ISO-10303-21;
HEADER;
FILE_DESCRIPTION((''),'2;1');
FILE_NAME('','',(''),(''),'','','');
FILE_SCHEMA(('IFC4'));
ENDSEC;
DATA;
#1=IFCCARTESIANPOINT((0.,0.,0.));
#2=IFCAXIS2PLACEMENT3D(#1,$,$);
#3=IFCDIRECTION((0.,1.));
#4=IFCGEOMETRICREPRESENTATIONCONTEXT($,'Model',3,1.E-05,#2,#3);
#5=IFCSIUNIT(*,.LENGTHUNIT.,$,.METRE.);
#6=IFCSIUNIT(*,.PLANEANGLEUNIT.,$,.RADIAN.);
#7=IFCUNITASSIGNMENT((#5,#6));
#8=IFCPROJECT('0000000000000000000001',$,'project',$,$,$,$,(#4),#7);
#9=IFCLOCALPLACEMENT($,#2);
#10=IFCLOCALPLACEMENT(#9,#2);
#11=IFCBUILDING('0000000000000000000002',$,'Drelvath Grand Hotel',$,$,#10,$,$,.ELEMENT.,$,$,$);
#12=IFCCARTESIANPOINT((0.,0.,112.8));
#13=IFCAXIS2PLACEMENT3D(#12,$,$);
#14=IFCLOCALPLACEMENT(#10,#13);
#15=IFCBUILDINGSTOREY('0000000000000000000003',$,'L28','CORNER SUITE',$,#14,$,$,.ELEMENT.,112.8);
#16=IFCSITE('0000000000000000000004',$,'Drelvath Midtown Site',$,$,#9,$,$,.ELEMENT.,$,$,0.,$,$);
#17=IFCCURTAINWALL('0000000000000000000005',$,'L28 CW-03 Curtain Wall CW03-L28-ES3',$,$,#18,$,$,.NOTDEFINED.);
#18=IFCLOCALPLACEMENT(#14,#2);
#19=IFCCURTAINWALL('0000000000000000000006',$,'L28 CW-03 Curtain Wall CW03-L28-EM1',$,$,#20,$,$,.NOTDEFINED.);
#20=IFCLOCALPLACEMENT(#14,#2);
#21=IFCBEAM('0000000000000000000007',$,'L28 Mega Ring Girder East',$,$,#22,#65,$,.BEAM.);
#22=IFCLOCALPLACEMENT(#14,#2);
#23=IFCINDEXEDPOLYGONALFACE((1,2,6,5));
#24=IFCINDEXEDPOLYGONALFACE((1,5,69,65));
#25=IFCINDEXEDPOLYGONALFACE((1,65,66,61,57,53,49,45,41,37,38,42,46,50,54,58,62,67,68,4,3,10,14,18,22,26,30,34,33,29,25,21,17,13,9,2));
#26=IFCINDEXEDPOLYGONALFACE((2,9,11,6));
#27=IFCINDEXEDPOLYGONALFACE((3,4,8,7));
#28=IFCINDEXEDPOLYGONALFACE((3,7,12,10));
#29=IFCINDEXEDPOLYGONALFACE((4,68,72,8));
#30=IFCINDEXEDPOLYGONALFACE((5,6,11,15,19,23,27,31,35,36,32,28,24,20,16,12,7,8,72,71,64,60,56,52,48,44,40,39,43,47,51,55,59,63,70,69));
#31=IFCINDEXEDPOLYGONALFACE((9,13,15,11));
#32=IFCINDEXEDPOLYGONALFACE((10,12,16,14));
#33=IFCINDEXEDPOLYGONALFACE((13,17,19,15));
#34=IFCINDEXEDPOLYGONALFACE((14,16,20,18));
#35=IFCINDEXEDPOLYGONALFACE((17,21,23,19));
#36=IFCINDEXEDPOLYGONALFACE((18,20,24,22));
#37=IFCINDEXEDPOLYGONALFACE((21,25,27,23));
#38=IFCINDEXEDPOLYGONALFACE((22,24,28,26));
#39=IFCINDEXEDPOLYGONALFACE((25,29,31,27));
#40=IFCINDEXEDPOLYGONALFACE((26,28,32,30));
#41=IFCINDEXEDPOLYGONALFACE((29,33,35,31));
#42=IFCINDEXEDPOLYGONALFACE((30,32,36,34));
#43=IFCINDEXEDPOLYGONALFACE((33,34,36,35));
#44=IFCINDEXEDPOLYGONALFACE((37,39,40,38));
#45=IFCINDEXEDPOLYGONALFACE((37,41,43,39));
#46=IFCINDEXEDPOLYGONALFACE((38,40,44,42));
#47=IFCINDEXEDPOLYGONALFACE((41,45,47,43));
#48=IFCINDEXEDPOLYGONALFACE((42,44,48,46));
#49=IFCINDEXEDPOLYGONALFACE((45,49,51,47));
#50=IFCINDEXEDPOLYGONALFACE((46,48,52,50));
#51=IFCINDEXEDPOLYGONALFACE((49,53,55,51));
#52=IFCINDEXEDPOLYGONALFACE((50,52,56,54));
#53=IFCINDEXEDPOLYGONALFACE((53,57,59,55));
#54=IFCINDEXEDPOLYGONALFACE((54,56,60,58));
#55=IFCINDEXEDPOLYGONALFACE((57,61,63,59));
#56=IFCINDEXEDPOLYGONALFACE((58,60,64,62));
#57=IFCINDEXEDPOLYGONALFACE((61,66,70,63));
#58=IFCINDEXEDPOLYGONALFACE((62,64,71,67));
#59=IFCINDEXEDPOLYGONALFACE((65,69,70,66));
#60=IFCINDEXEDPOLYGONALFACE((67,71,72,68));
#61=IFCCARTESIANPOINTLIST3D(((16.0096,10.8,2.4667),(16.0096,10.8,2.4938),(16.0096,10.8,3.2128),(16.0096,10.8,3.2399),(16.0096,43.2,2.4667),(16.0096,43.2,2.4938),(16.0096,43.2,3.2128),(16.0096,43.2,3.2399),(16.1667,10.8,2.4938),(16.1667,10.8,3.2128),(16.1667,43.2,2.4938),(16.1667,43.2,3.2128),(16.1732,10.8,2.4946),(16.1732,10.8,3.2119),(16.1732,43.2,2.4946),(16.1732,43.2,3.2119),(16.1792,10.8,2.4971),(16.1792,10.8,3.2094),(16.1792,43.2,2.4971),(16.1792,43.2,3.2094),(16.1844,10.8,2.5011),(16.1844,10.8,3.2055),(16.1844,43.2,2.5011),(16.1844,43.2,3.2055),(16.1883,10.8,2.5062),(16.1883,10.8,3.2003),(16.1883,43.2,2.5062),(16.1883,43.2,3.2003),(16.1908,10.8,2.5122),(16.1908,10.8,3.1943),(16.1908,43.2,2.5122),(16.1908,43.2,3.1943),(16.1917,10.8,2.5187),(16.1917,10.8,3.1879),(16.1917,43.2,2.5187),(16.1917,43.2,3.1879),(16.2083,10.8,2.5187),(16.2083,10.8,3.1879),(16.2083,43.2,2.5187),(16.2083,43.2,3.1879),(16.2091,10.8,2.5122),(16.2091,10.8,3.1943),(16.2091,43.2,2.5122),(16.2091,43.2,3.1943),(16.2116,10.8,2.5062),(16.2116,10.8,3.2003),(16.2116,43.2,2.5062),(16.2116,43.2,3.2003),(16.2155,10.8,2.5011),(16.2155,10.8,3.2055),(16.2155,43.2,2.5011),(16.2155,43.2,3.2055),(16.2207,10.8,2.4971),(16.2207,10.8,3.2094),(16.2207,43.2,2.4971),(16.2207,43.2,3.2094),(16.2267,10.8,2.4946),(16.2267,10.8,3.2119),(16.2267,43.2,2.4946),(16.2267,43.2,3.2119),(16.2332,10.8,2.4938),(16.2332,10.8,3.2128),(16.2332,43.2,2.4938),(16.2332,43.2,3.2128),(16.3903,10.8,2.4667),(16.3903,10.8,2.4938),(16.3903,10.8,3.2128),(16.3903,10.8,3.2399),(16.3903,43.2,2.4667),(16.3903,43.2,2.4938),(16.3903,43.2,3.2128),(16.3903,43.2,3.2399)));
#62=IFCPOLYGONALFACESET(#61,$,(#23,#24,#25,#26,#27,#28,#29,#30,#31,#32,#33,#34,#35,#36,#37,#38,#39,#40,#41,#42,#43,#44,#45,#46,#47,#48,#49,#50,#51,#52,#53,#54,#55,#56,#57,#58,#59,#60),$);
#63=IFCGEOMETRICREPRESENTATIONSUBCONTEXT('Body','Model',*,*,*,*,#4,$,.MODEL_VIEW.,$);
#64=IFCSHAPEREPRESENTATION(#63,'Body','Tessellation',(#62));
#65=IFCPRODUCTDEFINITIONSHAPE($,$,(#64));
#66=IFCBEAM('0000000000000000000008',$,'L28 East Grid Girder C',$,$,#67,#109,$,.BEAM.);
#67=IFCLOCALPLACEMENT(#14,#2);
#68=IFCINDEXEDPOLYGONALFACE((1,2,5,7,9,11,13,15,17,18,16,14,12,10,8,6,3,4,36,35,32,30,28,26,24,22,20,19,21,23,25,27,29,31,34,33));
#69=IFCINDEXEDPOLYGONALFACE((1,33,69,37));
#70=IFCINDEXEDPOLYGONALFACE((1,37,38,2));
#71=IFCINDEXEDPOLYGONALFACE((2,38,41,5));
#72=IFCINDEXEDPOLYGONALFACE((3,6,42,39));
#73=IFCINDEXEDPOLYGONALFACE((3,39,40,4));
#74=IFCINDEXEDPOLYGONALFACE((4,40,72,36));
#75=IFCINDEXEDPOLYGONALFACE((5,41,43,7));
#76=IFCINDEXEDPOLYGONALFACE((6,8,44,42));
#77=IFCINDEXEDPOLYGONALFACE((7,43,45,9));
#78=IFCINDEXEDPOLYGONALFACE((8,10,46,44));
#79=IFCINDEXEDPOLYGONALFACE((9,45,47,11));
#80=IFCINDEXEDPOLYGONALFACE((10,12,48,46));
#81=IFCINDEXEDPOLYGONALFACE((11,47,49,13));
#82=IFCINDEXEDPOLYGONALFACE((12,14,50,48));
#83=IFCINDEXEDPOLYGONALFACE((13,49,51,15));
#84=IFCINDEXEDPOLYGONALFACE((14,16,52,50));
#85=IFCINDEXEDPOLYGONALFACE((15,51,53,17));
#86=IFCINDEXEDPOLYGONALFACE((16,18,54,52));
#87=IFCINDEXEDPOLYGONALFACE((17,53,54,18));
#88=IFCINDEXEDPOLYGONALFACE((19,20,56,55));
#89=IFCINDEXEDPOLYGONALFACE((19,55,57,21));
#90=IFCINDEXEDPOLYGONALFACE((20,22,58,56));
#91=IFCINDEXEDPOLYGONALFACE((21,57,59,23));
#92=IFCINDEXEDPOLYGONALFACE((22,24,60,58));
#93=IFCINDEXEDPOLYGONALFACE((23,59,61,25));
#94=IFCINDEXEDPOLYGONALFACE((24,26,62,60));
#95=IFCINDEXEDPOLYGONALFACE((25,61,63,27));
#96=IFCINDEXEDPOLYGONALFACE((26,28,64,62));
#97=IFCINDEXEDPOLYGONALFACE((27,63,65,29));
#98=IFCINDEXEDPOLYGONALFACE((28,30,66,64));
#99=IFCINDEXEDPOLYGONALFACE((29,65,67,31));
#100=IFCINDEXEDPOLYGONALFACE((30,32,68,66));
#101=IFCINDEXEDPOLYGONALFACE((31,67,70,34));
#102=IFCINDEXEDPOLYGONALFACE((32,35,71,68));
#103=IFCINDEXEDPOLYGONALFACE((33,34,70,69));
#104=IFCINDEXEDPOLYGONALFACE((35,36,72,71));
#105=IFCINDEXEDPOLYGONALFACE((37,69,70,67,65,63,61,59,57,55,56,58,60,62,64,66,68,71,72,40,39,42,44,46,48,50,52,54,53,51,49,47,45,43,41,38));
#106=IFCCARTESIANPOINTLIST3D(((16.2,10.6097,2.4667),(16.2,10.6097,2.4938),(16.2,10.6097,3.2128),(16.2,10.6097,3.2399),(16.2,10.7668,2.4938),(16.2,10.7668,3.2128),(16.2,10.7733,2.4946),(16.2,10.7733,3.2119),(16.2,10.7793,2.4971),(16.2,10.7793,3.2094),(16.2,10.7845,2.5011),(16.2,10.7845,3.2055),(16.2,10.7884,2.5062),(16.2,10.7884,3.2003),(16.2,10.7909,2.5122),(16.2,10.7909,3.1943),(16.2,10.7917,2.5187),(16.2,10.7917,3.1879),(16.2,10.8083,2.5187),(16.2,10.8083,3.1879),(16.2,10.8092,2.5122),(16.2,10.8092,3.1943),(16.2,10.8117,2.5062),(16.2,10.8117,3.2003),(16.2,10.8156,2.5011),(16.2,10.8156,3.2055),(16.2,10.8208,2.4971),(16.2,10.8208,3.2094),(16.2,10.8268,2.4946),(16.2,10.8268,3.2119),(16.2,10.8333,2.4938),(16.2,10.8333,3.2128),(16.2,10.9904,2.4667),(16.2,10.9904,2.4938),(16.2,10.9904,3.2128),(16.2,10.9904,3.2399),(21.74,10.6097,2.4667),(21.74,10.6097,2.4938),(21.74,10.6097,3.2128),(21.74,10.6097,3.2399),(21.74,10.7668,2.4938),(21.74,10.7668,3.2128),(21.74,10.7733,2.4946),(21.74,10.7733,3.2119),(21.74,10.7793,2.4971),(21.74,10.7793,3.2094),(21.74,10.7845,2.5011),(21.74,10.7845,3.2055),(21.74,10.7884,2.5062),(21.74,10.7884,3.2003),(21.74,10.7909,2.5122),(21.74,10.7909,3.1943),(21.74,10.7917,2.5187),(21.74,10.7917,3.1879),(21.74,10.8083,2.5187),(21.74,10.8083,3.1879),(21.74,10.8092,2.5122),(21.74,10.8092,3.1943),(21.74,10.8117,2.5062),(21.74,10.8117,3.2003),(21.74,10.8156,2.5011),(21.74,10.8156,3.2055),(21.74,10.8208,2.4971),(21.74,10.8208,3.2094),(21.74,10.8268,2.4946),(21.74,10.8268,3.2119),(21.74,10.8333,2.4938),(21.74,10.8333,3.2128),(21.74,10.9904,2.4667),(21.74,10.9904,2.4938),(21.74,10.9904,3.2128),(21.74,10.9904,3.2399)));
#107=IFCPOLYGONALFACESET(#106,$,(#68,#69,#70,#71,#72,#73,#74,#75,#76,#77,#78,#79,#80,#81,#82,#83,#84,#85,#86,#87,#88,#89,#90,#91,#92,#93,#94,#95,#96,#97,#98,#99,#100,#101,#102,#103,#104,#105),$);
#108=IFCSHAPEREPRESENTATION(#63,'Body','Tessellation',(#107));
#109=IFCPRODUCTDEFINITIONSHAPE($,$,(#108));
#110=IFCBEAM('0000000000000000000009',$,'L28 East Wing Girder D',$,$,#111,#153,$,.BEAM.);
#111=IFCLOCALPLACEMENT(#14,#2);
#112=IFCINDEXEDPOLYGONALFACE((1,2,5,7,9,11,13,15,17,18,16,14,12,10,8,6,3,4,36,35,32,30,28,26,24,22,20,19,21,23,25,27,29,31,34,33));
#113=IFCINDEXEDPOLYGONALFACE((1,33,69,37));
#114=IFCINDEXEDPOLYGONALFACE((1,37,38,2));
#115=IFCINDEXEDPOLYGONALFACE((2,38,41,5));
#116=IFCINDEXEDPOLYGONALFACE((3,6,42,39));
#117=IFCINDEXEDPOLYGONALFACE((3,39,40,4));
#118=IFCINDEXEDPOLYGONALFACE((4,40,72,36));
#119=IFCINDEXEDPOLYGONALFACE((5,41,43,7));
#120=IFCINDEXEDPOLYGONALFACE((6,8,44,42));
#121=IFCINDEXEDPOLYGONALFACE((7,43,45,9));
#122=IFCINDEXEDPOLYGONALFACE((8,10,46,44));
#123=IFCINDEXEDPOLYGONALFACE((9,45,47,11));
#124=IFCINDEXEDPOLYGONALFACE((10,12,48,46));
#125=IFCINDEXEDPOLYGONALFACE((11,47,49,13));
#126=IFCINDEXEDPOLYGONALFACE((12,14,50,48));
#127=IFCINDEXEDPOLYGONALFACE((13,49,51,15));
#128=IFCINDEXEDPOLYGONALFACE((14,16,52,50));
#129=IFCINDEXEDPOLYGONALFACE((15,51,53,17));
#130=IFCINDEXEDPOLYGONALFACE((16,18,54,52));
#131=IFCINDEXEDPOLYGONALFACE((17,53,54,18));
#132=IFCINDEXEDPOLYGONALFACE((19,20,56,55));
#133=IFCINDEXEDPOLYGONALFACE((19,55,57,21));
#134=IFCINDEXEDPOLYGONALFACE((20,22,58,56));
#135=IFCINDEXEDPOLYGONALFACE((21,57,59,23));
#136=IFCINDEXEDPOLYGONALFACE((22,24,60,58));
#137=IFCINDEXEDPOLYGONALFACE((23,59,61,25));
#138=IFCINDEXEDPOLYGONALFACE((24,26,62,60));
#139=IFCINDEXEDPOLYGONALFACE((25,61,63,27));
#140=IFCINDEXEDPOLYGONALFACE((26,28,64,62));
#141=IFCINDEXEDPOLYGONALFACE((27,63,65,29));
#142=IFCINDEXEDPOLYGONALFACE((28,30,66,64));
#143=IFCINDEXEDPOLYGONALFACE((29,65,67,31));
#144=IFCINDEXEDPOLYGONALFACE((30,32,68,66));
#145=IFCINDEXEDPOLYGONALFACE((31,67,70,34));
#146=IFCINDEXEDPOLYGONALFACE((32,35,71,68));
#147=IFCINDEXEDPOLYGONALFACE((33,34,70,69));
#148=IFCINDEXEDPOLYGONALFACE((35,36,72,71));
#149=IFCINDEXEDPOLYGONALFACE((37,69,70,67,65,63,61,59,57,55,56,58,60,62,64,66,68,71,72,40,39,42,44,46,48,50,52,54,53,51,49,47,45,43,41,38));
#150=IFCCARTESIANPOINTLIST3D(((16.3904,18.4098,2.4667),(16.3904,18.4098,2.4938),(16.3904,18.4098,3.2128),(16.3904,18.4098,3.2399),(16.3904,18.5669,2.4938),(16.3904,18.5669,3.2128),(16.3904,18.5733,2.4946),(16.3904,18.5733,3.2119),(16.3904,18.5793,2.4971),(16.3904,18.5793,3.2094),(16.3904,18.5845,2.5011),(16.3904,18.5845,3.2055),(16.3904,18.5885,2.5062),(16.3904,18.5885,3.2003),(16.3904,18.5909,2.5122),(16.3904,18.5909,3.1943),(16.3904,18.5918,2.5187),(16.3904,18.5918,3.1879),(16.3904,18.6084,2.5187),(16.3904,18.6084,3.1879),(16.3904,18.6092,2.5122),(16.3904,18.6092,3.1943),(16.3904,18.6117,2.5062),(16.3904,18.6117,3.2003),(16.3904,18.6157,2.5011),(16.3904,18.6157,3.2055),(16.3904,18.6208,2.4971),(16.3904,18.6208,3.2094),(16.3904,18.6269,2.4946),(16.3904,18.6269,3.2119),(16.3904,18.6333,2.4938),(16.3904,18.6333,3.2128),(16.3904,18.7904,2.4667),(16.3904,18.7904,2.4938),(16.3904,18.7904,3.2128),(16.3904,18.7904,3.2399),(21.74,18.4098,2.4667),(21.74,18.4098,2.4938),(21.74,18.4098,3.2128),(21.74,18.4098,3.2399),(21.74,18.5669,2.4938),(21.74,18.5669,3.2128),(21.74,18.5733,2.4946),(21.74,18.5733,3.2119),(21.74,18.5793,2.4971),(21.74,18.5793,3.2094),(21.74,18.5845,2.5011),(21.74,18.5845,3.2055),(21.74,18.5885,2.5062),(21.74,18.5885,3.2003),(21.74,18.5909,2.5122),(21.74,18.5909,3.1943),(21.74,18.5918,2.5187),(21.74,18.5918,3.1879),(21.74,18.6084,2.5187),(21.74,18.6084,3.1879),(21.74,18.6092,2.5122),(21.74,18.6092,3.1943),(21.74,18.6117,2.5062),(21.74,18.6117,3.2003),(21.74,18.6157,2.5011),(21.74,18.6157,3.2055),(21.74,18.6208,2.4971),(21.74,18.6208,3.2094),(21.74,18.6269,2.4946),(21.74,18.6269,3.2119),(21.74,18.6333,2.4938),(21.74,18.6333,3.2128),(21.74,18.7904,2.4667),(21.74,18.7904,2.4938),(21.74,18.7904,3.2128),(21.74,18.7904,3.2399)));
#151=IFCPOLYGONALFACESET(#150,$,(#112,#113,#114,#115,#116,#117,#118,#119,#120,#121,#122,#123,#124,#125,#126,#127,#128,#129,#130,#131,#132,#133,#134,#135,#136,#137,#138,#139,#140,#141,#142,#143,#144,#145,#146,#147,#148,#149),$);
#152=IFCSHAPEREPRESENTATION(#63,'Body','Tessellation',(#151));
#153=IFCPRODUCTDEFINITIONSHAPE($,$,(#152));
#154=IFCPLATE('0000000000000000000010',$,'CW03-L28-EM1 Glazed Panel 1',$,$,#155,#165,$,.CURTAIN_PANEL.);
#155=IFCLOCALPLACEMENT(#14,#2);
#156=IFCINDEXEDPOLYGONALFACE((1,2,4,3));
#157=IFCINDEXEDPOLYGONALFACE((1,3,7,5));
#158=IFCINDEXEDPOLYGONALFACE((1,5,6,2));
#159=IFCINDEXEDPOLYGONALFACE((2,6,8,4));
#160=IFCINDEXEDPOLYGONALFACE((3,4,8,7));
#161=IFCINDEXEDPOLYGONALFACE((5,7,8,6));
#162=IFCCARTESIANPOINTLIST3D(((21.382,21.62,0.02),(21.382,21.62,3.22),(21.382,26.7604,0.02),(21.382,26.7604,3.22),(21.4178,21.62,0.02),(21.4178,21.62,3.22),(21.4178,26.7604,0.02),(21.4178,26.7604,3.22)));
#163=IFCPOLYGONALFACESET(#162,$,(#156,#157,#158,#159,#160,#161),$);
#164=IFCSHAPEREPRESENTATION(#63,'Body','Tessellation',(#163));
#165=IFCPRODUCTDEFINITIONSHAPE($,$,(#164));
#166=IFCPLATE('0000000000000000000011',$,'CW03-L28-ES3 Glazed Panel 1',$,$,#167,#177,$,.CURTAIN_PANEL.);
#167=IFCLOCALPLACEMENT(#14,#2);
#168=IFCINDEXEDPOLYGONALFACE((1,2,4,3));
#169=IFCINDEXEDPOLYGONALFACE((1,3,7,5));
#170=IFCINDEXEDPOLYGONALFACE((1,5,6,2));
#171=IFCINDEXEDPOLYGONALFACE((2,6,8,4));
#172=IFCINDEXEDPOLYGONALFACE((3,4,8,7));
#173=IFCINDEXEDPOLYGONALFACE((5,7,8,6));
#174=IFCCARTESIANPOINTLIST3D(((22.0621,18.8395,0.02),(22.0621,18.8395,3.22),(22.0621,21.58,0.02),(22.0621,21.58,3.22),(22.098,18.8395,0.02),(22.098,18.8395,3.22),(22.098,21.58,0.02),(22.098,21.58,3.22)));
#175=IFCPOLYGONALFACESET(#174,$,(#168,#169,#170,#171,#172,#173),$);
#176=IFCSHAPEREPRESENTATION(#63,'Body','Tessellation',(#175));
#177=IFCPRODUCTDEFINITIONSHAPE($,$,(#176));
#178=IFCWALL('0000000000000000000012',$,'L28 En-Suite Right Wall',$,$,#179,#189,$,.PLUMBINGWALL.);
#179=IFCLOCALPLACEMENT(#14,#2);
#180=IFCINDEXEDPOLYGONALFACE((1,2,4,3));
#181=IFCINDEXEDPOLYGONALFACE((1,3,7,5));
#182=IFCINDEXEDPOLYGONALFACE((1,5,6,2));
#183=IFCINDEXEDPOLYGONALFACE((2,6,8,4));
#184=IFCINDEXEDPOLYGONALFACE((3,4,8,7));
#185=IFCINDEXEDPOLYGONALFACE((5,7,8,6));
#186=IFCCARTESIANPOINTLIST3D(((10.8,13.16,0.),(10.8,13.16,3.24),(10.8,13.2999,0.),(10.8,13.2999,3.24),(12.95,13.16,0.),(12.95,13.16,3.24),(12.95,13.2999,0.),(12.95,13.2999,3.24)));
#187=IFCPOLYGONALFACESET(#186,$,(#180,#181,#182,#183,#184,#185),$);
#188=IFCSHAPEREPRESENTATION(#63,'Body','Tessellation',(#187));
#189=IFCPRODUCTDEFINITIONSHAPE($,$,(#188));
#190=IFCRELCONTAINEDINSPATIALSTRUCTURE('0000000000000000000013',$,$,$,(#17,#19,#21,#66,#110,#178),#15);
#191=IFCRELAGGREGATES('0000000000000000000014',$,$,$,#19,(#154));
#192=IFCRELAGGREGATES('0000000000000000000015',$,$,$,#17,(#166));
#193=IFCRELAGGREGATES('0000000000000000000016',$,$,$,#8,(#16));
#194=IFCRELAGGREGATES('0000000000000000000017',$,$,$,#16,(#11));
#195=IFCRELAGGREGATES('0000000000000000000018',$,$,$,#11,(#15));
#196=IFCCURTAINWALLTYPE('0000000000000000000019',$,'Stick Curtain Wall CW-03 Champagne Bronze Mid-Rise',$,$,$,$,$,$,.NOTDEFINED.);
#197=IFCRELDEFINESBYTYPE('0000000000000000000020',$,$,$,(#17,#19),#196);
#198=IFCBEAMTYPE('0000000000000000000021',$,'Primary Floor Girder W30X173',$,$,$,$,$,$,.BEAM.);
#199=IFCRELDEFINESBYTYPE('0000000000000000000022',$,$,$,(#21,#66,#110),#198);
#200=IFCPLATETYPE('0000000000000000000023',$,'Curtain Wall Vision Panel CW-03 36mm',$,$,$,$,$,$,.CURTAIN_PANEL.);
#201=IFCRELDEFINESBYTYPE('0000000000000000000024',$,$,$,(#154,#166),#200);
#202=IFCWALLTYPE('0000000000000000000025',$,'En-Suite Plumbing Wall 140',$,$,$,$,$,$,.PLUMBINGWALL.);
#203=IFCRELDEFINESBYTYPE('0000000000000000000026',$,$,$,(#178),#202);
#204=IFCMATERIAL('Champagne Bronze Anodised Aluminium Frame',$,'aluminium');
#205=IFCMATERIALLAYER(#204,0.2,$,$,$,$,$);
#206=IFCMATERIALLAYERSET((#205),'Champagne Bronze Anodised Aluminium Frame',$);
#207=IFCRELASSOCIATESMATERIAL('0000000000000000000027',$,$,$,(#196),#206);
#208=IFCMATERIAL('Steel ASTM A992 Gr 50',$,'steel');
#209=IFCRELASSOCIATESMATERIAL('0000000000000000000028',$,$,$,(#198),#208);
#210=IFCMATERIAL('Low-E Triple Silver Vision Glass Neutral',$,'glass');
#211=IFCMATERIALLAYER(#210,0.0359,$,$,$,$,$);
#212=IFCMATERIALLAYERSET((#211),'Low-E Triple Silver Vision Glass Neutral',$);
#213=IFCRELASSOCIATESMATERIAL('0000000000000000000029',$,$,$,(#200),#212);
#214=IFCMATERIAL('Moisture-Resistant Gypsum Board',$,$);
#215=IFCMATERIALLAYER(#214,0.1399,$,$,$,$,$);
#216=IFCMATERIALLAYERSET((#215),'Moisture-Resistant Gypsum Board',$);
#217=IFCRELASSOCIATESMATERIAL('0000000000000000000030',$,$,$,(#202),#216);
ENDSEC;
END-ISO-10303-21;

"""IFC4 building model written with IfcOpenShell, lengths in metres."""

from ifc_helpers import new_model, si_unit, direction, frame, frame_2d, origin, origin_2d, place, context, subcontext, project, spatial, rectangle, i_section, extrude, material, layer, layer_set, material_profile, profile_set, type_object, element, aggregate, save


model = new_model("IFC4")

# Units and contexts
model_context = context("Model", 3, precision=1e-05, world=origin(), true_north=direction((0.0, 1.0)))
body_context = subcontext(model_context, "Body", "Model", "MODEL_VIEW")
ifc_project = project(units=[si_unit("LENGTHUNIT", "METRE"), si_unit("PLANEANGLEUNIT", "RADIAN")], contexts=[model_context])

# Site, building, storey
site_placement = place(None, origin())
site = spatial("IfcSite", under=ifc_project, at=site_placement, Name="Drelvath Midtown Site", CompositionType="ELEMENT", RefElevation=0.0)
building_placement = place(site_placement, origin())
building = spatial("IfcBuilding", under=site, at=building_placement, Name="Drelvath Grand Hotel", CompositionType="ELEMENT")
storey_placement = place(building_placement, frame((0.0, 0.0, 112.8)))
storey = spatial("IfcBuildingStorey", under=building, at=storey_placement, Name="L28", Description="CORNER SUITE", CompositionType="ELEMENT", Elevation=112.8)

# Shared definitions
ifc_material_1 = material(Name="Steel ASTM A992 Gr 50", Category="steel")

# Curtain walls
ifc_material_2 = material(Name="Champagne Bronze Anodised Aluminium Frame", Category="aluminium")
ifc_layer_1 = layer(ifc_material_2, 0.2)
ifc_layer_set_1 = layer_set([ifc_layer_1], Name="Champagne Bronze Anodised Aluminium Frame")
curtain_wall_type = type_object("IfcCurtainWallType", Name="Stick Curtain Wall CW-03 Champagne Bronze Mid-Rise", PredefinedType="NOTDEFINED", material=ifc_layer_set_1)
curtain_wall_1_placement = place(storey_placement, origin())
curtain_wall_1 = element("IfcCurtainWall", 1, at=curtain_wall_1_placement, inside=storey, type_object=curtain_wall_type, Name="L28 CW-03 Curtain Wall CW03-L28-ES3", PredefinedType="NOTDEFINED")
curtain_wall_2_placement = place(storey_placement, origin())
curtain_wall_2 = element("IfcCurtainWall", 2, at=curtain_wall_2_placement, inside=storey, type_object=curtain_wall_type, Name="L28 CW-03 Curtain Wall CW03-L28-EM1", PredefinedType="NOTDEFINED")

# Beams
ifc_material_profile_1 = material_profile(ifc_material_1, i_section(OverallWidth=0.3806, OverallDepth=0.7732, WebThickness=0.0166, FlangeThickness=0.0271, FilletRadius=0.0249, at=origin_2d()), Name="W30X173")
ifc_profile_set_1 = profile_set([ifc_material_profile_1], Name="Steel ASTM A992 Gr 50")
beam_type_1 = type_object("IfcBeamType", Name="Primary Floor Girder W30X173", PredefinedType="BEAM", material=ifc_profile_set_1)
beam_1_placement = place(storey_placement, frame((16.2, 10.8, 2.8533), z_axis=(0.0, 1.0, 0.0), x_axis=(-1.0, 0.0, 0.0)))
element("IfcBeam", 3, at=beam_1_placement, inside=storey, type_object=beam_type_1, Name="L28 Mega Ring Girder East", PredefinedType="BEAM", context=body_context, shape_type="SweptSolid", body=[
    extrude(i_section(OverallWidth=0.3806, OverallDepth=0.7732, WebThickness=0.0166, FlangeThickness=0.0271, FilletRadius=0.0249, at=origin_2d()), origin(), (0.0, 0.0, 1.0), 32.3999),
])
beam_2_placement = place(storey_placement, frame((16.2, 10.8, 2.8533), z_axis=(1.0, 0.0, 0.0), x_axis=(0.0, 1.0, 0.0)))
element("IfcBeam", 4, at=beam_2_placement, inside=storey, type_object=beam_type_1, Name="L28 East Grid Girder C", PredefinedType="BEAM", context=body_context, shape_type="SweptSolid", body=[
    extrude(i_section(OverallWidth=0.3806, OverallDepth=0.7732, WebThickness=0.0166, FlangeThickness=0.0271, FilletRadius=0.0249, at=origin_2d()), origin(), (0.0, 0.0, 1.0), 5.54),
])
beam_3_placement = place(storey_placement, frame((16.3904, 18.6001, 2.8533), z_axis=(1.0, 0.0, 0.0), x_axis=(0.0, 1.0, 0.0)))
element("IfcBeam", 5, at=beam_3_placement, inside=storey, type_object=beam_type_1, Name="L28 East Wing Girder D", PredefinedType="BEAM", context=body_context, shape_type="SweptSolid", body=[
    extrude(i_section(OverallWidth=0.3806, OverallDepth=0.7732, WebThickness=0.0166, FlangeThickness=0.0271, FilletRadius=0.0249, at=origin_2d()), origin(), (0.0, 0.0, 1.0), 5.3496),
])

# Plates
ifc_material_3 = material(Name="Low-E Triple Silver Vision Glass Neutral", Category="glass")
ifc_layer_2 = layer(ifc_material_3, 0.0359)
ifc_layer_set_2 = layer_set([ifc_layer_2], Name="Low-E Triple Silver Vision Glass Neutral")
plate_type = type_object("IfcPlateType", Name="Curtain Wall Vision Panel CW-03 36mm", PredefinedType="CURTAIN_PANEL", material=ifc_layer_set_2)
plate_1_placement = place(storey_placement, frame((21.3999, 24.1902, 0.02), z_axis=(0.0, 0.0, 1.0), x_axis=(0.0, -1.0, 0.0)))
plate_1 = element("IfcPlate", 6, at=plate_1_placement, type_object=plate_type, Name="CW03-L28-EM1 Glazed Panel 1", PredefinedType="CURTAIN_PANEL", context=body_context, shape_type="SweptSolid", body=[
    extrude(rectangle(XDim=5.1404, YDim=0.0359, at=origin_2d()), origin(), (0.0, 0.0, 1.0), 3.2),
])
aggregate(curtain_wall_2, [plate_1])
plate_2_placement = place(storey_placement, frame((22.0801, 20.2097, 0.02), z_axis=(0.0, 0.0, 1.0), x_axis=(0.0, -1.0, 0.0)))
plate_2 = element("IfcPlate", 7, at=plate_2_placement, type_object=plate_type, Name="CW03-L28-ES3 Glazed Panel 1", PredefinedType="CURTAIN_PANEL", context=body_context, shape_type="SweptSolid", body=[
    extrude(rectangle(XDim=2.7405, YDim=0.0359, at=origin_2d()), origin(), (0.0, 0.0, 1.0), 3.2),
])
aggregate(curtain_wall_1, [plate_2])

# Wall
ifc_material_4 = material(Name="Moisture-Resistant Gypsum Board")
ifc_layer_3 = layer(ifc_material_4, 0.1399)
ifc_layer_set_3 = layer_set([ifc_layer_3], Name="Moisture-Resistant Gypsum Board")
wall_type_1 = type_object("IfcWallType", Name="En-Suite Plumbing Wall 140", PredefinedType="PLUMBINGWALL", material=ifc_layer_set_3)
wall_1_placement = place(storey_placement, frame((10.8, 13.23, 0.0), z_axis=(0.0, 0.0, 1.0), x_axis=(1.0, 0.0, 0.0)))
element("IfcWall", 8, at=wall_1_placement, inside=storey, type_object=wall_type_1, Name="L28 En-Suite Right Wall", PredefinedType="PLUMBINGWALL", context=body_context, shape_type="SweptSolid", body=[
    extrude(rectangle(XDim=2.1499, YDim=0.1399, at=frame_2d((1.075, 0.0))), origin(), (0.0, 0.0, 1.0), 3.24),
])

save(model, "model.ifc")
